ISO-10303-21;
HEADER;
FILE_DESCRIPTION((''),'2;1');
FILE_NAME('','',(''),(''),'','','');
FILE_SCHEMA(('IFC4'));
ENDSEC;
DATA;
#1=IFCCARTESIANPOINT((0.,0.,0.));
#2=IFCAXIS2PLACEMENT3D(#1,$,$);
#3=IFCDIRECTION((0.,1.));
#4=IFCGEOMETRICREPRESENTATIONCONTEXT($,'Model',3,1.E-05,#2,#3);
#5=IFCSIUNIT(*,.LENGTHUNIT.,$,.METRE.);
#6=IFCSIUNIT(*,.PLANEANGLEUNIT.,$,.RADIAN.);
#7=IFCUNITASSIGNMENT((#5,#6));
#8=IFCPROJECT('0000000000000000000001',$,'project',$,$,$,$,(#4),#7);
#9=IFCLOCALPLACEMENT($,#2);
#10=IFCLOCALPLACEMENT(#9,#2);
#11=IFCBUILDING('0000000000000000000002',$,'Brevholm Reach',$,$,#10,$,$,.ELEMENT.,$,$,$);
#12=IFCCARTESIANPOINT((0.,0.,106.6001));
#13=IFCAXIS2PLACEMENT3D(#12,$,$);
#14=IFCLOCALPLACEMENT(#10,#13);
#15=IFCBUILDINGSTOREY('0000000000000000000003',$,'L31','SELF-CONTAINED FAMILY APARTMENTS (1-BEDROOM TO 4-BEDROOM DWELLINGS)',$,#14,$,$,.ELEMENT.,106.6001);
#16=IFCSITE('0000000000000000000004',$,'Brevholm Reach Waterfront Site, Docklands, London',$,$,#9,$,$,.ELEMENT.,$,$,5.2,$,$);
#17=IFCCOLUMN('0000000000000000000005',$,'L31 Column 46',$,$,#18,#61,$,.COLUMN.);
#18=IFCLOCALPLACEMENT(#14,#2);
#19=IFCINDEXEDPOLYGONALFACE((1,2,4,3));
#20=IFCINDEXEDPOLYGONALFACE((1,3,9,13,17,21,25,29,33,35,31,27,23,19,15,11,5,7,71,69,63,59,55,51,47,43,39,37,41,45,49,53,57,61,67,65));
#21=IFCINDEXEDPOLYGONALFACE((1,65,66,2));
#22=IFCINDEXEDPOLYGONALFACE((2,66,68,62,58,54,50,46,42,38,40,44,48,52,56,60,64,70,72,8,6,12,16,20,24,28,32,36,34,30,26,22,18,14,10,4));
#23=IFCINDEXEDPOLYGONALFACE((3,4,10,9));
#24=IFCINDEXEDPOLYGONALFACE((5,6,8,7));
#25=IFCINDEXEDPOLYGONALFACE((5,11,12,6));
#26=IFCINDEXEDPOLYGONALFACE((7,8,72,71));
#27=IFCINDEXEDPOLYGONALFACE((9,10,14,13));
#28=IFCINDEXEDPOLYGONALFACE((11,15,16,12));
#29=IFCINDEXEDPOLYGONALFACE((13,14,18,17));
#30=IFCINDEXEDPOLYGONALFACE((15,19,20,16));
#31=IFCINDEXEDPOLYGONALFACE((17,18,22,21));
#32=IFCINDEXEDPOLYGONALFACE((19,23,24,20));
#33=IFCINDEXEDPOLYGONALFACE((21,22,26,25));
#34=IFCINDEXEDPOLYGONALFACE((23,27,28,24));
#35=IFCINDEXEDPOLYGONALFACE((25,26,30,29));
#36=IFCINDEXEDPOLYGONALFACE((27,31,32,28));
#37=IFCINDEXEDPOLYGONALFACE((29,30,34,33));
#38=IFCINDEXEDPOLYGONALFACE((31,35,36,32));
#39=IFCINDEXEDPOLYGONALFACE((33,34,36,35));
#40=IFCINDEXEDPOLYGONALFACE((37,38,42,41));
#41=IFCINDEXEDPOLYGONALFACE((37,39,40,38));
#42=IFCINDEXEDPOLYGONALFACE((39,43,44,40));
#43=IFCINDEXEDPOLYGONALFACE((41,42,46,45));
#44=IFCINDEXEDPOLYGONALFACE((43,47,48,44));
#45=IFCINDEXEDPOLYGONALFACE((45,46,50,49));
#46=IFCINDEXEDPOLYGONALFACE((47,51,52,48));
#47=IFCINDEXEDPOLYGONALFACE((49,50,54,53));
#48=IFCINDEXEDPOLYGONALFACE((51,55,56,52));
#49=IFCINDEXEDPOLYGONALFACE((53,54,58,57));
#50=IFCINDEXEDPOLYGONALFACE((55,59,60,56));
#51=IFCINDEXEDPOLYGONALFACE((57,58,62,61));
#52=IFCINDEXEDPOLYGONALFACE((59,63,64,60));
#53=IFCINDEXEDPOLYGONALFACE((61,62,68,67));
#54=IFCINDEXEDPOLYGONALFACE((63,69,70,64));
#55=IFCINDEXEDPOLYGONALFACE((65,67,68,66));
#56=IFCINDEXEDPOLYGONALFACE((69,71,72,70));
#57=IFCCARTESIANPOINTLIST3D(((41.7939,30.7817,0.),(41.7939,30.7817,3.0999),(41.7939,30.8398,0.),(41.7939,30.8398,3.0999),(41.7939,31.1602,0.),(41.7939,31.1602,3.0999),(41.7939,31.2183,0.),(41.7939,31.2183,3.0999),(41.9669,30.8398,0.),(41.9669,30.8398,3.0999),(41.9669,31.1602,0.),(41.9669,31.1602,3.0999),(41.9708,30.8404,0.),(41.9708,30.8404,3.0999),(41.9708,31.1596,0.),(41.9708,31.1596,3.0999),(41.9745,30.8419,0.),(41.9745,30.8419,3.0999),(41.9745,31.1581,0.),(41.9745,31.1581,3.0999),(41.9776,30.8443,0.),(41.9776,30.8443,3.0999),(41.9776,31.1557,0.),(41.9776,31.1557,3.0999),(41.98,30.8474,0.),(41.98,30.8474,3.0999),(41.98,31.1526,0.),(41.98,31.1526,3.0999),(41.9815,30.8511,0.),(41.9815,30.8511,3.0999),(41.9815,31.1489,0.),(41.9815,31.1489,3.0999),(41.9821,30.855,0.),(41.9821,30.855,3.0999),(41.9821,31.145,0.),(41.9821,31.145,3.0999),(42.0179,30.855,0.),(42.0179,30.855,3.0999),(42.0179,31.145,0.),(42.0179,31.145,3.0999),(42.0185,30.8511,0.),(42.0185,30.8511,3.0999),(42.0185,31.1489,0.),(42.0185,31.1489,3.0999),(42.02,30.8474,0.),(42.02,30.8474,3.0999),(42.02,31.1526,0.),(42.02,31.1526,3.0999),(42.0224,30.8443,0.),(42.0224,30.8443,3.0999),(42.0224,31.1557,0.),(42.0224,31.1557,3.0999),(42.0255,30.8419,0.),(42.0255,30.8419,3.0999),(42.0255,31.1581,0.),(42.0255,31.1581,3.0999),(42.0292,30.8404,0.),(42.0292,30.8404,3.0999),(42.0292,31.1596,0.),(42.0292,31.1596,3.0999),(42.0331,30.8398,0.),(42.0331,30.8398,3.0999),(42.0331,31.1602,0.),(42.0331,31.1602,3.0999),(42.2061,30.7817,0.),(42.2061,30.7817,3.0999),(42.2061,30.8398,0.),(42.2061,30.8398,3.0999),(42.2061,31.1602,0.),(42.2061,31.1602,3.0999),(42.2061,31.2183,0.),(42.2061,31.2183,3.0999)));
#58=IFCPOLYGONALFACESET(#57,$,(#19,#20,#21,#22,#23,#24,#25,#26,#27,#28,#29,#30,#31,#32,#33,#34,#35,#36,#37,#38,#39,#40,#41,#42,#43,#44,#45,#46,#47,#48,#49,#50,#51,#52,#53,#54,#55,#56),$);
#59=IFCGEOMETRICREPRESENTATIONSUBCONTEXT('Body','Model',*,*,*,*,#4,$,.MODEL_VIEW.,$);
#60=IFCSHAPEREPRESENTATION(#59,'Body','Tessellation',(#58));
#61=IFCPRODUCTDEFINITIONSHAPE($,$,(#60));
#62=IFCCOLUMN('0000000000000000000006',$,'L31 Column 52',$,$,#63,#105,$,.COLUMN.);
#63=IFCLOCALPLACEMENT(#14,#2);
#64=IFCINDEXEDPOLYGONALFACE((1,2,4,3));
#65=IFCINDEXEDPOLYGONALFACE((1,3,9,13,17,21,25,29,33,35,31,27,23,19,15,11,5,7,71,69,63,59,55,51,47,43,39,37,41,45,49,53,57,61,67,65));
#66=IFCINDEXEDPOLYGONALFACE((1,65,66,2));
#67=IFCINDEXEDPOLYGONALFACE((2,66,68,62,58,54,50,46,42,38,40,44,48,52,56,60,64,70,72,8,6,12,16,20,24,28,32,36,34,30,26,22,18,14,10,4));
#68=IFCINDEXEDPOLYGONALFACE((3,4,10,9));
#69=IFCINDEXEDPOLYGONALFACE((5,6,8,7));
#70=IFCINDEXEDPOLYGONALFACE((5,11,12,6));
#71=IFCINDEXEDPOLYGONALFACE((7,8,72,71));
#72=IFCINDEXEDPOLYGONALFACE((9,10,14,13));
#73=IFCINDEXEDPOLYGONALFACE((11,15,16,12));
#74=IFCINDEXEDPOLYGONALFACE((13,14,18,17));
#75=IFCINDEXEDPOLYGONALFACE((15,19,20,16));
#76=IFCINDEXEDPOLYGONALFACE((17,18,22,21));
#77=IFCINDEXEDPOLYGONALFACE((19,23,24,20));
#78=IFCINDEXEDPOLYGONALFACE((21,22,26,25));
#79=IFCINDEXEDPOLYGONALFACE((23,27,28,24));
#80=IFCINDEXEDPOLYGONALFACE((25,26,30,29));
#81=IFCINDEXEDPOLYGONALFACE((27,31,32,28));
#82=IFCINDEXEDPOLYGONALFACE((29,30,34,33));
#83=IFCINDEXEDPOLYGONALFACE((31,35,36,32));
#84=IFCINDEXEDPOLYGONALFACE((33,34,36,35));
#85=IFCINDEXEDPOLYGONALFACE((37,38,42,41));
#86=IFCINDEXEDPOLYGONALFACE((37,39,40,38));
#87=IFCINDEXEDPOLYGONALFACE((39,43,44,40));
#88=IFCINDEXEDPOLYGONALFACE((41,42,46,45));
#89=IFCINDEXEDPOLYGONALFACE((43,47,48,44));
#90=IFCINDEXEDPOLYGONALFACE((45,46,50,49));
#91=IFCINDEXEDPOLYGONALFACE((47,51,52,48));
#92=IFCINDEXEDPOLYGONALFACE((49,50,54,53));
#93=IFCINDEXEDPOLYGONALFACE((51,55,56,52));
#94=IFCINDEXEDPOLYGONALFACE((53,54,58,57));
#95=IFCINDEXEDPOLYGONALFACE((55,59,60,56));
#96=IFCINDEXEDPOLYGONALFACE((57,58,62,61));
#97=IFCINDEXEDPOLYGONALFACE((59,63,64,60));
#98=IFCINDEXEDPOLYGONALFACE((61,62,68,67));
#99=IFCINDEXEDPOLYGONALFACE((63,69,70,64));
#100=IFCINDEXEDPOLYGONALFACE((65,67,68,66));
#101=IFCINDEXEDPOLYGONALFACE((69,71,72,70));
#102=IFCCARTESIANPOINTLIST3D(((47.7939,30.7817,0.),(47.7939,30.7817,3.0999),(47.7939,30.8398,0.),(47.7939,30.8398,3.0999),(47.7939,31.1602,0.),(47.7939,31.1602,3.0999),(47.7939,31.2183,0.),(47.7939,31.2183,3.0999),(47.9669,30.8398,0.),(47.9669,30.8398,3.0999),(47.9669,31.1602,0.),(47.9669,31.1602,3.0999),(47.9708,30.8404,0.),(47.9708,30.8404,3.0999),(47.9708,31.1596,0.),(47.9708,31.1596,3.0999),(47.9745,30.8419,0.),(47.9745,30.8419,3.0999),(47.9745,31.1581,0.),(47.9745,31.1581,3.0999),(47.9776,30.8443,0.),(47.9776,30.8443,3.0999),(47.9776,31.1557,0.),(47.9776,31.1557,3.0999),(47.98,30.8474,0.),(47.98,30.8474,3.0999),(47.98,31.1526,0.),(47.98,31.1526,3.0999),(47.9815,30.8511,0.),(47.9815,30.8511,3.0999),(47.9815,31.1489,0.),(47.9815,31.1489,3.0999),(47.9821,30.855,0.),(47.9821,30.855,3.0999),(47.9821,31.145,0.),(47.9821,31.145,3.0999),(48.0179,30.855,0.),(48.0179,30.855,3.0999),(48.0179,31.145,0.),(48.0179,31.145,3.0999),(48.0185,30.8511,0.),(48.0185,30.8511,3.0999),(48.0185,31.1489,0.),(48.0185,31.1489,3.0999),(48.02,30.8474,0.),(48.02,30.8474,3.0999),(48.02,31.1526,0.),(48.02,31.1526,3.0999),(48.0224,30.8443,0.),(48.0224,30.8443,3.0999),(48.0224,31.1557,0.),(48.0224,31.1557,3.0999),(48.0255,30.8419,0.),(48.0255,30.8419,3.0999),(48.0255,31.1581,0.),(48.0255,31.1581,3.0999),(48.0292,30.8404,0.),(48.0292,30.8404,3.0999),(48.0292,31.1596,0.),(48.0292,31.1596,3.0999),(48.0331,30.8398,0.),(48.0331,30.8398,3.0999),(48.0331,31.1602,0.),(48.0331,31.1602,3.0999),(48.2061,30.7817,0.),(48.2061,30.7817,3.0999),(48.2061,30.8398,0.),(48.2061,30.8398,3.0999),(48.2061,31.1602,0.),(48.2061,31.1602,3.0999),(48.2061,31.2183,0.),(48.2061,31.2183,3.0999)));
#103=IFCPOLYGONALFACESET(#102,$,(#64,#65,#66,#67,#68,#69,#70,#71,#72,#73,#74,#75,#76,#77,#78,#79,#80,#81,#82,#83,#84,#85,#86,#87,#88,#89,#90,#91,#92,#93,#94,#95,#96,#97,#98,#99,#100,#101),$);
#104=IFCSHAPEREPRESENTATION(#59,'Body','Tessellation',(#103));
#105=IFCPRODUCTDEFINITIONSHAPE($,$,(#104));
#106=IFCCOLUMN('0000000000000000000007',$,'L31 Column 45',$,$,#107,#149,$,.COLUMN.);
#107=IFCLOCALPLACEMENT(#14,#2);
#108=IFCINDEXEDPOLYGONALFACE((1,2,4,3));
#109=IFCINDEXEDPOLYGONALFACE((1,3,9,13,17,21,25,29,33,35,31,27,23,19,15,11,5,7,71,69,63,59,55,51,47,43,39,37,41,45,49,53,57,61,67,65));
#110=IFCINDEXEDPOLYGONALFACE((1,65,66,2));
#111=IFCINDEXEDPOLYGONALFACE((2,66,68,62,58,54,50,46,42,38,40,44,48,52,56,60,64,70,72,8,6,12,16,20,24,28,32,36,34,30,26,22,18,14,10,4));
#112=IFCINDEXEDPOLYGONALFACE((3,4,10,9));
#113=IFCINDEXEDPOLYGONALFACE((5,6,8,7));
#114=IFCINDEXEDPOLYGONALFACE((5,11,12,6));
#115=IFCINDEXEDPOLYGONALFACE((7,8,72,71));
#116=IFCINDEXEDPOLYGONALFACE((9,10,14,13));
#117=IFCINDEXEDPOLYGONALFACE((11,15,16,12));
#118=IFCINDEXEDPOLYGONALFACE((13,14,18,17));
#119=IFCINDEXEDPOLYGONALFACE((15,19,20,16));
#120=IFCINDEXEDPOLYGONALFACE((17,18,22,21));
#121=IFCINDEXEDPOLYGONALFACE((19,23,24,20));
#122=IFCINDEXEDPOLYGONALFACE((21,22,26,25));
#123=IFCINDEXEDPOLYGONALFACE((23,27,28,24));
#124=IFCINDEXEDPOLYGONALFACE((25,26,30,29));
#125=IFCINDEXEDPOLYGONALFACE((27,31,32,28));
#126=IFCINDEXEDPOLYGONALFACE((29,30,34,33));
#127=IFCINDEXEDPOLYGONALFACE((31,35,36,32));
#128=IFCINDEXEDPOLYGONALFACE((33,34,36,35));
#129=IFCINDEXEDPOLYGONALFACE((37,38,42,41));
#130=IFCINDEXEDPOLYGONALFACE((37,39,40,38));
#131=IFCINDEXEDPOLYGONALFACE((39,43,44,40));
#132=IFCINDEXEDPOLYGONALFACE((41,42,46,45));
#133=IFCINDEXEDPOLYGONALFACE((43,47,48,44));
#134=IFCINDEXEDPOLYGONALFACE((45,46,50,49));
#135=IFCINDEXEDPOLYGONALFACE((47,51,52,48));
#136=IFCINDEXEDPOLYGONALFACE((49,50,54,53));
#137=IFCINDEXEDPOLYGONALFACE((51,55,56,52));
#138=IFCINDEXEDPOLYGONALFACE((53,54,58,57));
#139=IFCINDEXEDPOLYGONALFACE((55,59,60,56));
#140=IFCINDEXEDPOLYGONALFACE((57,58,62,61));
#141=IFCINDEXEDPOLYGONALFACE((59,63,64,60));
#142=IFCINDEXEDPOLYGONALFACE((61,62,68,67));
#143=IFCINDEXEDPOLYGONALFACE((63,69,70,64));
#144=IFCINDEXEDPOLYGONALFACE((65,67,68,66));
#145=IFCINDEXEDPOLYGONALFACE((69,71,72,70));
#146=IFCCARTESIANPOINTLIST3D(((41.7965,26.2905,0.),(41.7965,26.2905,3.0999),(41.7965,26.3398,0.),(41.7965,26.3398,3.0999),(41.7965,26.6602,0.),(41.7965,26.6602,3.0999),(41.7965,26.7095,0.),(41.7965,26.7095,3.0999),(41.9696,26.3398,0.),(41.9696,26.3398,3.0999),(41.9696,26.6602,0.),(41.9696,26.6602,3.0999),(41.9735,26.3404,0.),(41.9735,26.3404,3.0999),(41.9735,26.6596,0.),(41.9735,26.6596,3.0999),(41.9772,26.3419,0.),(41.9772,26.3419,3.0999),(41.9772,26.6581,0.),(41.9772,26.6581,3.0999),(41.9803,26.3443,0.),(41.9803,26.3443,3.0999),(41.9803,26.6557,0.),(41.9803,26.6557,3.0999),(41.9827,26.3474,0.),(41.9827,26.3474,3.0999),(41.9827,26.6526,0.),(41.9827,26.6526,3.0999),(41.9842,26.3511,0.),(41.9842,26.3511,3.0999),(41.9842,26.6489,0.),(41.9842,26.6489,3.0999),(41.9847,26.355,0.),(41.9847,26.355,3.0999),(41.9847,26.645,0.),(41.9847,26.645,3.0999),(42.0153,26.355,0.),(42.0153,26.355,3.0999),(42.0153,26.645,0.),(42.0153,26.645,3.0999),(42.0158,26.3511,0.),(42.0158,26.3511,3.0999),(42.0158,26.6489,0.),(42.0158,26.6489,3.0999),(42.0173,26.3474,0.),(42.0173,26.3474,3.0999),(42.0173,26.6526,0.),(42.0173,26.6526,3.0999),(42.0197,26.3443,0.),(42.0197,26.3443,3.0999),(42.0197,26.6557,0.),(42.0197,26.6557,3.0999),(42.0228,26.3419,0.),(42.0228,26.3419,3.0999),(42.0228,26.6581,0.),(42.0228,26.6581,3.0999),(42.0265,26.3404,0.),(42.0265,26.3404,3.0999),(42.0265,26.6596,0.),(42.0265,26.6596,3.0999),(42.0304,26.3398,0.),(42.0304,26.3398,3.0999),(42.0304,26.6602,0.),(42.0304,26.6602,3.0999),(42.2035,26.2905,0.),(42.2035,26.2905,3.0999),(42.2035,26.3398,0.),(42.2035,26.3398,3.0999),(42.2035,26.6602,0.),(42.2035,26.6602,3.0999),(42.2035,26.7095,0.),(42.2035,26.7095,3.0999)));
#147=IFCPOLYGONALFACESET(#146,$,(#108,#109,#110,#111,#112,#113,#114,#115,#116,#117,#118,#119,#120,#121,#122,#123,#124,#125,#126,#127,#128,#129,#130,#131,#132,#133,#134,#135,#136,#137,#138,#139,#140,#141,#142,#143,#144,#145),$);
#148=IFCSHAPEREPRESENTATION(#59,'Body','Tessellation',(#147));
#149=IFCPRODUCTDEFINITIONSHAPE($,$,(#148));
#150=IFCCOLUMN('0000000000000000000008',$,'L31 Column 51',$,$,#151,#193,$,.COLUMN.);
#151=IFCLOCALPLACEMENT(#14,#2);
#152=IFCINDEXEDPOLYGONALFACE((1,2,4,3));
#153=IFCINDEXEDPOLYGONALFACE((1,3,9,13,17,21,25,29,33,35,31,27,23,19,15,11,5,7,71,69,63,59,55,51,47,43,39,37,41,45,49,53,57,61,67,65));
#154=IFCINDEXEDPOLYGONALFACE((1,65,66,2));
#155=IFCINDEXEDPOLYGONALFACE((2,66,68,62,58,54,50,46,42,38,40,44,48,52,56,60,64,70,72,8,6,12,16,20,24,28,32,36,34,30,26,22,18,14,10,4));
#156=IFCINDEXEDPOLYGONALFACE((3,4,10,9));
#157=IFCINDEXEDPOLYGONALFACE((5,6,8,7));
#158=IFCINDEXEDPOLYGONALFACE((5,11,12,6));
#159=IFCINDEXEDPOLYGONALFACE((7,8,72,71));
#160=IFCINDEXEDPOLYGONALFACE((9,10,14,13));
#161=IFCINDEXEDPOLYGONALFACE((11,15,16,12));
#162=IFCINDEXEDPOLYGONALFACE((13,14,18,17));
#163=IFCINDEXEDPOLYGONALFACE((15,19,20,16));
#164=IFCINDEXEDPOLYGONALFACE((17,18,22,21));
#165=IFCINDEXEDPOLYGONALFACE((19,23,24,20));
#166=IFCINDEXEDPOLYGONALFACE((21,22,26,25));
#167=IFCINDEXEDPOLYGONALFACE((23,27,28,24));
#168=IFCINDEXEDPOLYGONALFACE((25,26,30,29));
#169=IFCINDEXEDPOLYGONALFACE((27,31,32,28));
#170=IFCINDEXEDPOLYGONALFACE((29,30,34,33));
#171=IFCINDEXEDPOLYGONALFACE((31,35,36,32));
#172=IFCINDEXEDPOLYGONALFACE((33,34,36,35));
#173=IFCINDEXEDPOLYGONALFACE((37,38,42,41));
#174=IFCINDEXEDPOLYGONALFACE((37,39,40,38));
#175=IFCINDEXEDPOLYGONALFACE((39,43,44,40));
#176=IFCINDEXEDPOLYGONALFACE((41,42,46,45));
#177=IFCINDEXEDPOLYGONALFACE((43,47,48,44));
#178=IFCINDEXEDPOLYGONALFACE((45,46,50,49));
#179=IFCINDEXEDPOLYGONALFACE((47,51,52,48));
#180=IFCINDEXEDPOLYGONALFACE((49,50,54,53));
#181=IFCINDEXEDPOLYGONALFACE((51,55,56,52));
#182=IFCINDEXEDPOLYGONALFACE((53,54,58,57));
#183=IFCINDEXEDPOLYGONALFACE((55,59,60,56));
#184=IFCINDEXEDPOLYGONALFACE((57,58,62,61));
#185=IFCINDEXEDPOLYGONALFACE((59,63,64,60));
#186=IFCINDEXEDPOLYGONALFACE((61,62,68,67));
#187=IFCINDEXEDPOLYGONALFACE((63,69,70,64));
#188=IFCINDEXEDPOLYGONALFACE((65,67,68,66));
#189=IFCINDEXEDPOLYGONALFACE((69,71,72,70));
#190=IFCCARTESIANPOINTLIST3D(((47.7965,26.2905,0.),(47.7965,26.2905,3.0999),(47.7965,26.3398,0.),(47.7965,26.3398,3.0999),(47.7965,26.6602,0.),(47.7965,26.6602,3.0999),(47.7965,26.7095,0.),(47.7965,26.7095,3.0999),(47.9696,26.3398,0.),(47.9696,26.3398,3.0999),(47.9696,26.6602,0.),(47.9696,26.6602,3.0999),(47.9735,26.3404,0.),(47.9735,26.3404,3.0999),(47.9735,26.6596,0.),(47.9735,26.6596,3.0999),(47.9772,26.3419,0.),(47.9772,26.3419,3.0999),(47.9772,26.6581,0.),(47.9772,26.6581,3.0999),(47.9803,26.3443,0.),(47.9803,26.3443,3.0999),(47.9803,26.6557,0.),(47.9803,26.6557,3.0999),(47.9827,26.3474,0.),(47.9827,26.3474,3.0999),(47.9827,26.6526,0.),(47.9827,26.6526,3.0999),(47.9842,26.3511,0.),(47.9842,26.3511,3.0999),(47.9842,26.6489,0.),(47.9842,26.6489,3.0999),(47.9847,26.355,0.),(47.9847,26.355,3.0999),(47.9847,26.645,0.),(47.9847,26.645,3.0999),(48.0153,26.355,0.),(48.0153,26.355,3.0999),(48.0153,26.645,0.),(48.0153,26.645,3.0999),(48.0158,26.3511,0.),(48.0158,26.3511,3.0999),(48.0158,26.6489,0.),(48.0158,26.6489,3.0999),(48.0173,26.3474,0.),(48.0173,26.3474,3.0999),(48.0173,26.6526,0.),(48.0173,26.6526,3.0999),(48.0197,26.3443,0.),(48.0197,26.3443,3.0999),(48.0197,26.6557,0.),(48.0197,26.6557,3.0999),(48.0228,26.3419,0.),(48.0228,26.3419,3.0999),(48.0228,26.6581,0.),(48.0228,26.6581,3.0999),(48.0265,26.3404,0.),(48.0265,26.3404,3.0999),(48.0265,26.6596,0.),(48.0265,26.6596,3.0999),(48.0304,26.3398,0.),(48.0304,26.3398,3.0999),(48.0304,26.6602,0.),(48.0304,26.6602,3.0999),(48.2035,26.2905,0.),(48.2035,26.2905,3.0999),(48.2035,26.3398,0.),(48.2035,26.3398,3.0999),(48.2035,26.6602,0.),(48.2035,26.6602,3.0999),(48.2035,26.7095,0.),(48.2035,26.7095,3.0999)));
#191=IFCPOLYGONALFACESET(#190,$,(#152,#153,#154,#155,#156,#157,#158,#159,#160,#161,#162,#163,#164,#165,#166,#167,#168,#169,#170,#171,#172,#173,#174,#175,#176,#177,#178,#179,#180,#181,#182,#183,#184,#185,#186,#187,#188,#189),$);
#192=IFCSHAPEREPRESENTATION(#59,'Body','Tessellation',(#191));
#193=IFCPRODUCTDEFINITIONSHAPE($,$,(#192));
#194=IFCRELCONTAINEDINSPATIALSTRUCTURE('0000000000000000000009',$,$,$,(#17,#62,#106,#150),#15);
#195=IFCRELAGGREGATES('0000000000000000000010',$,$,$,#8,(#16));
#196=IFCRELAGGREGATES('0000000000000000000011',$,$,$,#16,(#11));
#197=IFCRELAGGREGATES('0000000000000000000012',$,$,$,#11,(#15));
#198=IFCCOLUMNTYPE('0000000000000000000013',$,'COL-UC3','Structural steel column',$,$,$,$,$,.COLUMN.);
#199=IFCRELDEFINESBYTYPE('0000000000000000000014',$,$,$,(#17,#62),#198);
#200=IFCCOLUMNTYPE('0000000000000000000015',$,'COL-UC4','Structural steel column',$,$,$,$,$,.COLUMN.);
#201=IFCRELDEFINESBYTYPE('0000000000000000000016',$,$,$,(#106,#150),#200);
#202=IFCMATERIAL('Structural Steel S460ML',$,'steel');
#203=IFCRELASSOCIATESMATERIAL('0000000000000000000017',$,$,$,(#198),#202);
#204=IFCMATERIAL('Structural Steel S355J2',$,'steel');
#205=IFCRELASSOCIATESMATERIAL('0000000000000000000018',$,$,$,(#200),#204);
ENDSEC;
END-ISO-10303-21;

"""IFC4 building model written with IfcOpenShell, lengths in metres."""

from ifc_helpers import new_model, si_unit, direction, frame, origin, origin_2d, place, context, subcontext, project, spatial, i_section, extrude, material, material_profile, profile_set, type_object, element, save


model = new_model("IFC4")

# Units and contexts
model_context = context("Model", 3, precision=1e-05, world=origin(), true_north=direction((0.0, 1.0)))
body_context = subcontext(model_context, "Body", "Model", "MODEL_VIEW")
ifc_project = project(units=[si_unit("LENGTHUNIT", "METRE"), si_unit("PLANEANGLEUNIT", "RADIAN")], contexts=[model_context])

# Site, building, storey
site_placement = place(None, origin())
site = spatial("IfcSite", under=ifc_project, at=site_placement, Name="Brevholm Reach Waterfront Site, Docklands, London", CompositionType="ELEMENT", RefElevation=5.2)
building_placement = place(site_placement, origin())
building = spatial("IfcBuilding", under=site, at=building_placement, Name="Brevholm Reach", CompositionType="ELEMENT")
storey_placement = place(building_placement, frame((0.0, 0.0, 106.6001)))
storey = spatial("IfcBuildingStorey", under=building, at=storey_placement, Name="L31", Description="SELF-CONTAINED FAMILY APARTMENTS (1-BEDROOM TO 4-BEDROOM DWELLINGS)", CompositionType="ELEMENT", Elevation=106.6001)

# Columns
ifc_material_1 = material(Name="Structural Steel S460ML", Category="steel")
ifc_material_profile_1 = material_profile(ifc_material_1, i_section(OverallWidth=0.4121, OverallDepth=0.4365, WebThickness=0.0359, FlangeThickness=0.0581, FilletRadius=0.0151, at=origin_2d()), Name="UKC 356x406x467")
ifc_profile_set_1 = profile_set([ifc_material_profile_1], Name="Structural Steel S460ML")
column_type_1 = type_object("IfcColumnType", Name="COL-UC3", Description="Structural steel column", PredefinedType="COLUMN", material=ifc_profile_set_1)
for number, where, z_axis, x_axis, name in (
    (1, (42.0, 31.0, 0.0), (0.0, 0.0, 1.0), (1.0, 0.0, 0.0), "L31 Column 46"),
    (2, (48.0, 31.0, 0.0), (0.0, 0.0, 1.0), (1.0, 0.0, 0.0), "L31 Column 52"),
):
    element("IfcColumn", number, at=place(storey_placement, frame(where, z_axis=z_axis, x_axis=x_axis)), inside=storey, type_object=column_type_1, Name=name, PredefinedType="COLUMN", context=body_context, shape_type="SweptSolid", body=[
        extrude(i_section(OverallWidth=0.4121, OverallDepth=0.4365, WebThickness=0.0359, FlangeThickness=0.0581, FilletRadius=0.0151, at=origin_2d()), origin(), (0.0, 0.0, 1.0), 3.0999),
    ])
ifc_material_2 = material(Name="Structural Steel S355J2", Category="steel")
ifc_material_profile_2 = material_profile(ifc_material_2, i_section(OverallWidth=0.407, OverallDepth=0.4189, WebThickness=0.0305, FlangeThickness=0.0493, FilletRadius=0.0151, at=origin_2d()), Name="UKC 356x406x393")
ifc_profile_set_2 = profile_set([ifc_material_profile_2], Name="Structural Steel S355J2")
column_type_2 = type_object("IfcColumnType", Name="COL-UC4", Description="Structural steel column", PredefinedType="COLUMN", material=ifc_profile_set_2)
for number, where, z_axis, x_axis, name in (
    (3, (42.0, 26.5, 0.0), (0.0, 0.0, 1.0), (1.0, 0.0, 0.0), "L31 Column 45"),
    (4, (48.0, 26.5, 0.0), (0.0, 0.0, 1.0), (1.0, 0.0, 0.0), "L31 Column 51"),
):
    element("IfcColumn", number, at=place(storey_placement, frame(where, z_axis=z_axis, x_axis=x_axis)), inside=storey, type_object=column_type_2, Name=name, PredefinedType="COLUMN", context=body_context, shape_type="SweptSolid", body=[
        extrude(i_section(OverallWidth=0.407, OverallDepth=0.4189, WebThickness=0.0305, FlangeThickness=0.0493, FilletRadius=0.0151, at=origin_2d()), origin(), (0.0, 0.0, 1.0), 3.0999),
    ])

save(model, "model.ifc")
